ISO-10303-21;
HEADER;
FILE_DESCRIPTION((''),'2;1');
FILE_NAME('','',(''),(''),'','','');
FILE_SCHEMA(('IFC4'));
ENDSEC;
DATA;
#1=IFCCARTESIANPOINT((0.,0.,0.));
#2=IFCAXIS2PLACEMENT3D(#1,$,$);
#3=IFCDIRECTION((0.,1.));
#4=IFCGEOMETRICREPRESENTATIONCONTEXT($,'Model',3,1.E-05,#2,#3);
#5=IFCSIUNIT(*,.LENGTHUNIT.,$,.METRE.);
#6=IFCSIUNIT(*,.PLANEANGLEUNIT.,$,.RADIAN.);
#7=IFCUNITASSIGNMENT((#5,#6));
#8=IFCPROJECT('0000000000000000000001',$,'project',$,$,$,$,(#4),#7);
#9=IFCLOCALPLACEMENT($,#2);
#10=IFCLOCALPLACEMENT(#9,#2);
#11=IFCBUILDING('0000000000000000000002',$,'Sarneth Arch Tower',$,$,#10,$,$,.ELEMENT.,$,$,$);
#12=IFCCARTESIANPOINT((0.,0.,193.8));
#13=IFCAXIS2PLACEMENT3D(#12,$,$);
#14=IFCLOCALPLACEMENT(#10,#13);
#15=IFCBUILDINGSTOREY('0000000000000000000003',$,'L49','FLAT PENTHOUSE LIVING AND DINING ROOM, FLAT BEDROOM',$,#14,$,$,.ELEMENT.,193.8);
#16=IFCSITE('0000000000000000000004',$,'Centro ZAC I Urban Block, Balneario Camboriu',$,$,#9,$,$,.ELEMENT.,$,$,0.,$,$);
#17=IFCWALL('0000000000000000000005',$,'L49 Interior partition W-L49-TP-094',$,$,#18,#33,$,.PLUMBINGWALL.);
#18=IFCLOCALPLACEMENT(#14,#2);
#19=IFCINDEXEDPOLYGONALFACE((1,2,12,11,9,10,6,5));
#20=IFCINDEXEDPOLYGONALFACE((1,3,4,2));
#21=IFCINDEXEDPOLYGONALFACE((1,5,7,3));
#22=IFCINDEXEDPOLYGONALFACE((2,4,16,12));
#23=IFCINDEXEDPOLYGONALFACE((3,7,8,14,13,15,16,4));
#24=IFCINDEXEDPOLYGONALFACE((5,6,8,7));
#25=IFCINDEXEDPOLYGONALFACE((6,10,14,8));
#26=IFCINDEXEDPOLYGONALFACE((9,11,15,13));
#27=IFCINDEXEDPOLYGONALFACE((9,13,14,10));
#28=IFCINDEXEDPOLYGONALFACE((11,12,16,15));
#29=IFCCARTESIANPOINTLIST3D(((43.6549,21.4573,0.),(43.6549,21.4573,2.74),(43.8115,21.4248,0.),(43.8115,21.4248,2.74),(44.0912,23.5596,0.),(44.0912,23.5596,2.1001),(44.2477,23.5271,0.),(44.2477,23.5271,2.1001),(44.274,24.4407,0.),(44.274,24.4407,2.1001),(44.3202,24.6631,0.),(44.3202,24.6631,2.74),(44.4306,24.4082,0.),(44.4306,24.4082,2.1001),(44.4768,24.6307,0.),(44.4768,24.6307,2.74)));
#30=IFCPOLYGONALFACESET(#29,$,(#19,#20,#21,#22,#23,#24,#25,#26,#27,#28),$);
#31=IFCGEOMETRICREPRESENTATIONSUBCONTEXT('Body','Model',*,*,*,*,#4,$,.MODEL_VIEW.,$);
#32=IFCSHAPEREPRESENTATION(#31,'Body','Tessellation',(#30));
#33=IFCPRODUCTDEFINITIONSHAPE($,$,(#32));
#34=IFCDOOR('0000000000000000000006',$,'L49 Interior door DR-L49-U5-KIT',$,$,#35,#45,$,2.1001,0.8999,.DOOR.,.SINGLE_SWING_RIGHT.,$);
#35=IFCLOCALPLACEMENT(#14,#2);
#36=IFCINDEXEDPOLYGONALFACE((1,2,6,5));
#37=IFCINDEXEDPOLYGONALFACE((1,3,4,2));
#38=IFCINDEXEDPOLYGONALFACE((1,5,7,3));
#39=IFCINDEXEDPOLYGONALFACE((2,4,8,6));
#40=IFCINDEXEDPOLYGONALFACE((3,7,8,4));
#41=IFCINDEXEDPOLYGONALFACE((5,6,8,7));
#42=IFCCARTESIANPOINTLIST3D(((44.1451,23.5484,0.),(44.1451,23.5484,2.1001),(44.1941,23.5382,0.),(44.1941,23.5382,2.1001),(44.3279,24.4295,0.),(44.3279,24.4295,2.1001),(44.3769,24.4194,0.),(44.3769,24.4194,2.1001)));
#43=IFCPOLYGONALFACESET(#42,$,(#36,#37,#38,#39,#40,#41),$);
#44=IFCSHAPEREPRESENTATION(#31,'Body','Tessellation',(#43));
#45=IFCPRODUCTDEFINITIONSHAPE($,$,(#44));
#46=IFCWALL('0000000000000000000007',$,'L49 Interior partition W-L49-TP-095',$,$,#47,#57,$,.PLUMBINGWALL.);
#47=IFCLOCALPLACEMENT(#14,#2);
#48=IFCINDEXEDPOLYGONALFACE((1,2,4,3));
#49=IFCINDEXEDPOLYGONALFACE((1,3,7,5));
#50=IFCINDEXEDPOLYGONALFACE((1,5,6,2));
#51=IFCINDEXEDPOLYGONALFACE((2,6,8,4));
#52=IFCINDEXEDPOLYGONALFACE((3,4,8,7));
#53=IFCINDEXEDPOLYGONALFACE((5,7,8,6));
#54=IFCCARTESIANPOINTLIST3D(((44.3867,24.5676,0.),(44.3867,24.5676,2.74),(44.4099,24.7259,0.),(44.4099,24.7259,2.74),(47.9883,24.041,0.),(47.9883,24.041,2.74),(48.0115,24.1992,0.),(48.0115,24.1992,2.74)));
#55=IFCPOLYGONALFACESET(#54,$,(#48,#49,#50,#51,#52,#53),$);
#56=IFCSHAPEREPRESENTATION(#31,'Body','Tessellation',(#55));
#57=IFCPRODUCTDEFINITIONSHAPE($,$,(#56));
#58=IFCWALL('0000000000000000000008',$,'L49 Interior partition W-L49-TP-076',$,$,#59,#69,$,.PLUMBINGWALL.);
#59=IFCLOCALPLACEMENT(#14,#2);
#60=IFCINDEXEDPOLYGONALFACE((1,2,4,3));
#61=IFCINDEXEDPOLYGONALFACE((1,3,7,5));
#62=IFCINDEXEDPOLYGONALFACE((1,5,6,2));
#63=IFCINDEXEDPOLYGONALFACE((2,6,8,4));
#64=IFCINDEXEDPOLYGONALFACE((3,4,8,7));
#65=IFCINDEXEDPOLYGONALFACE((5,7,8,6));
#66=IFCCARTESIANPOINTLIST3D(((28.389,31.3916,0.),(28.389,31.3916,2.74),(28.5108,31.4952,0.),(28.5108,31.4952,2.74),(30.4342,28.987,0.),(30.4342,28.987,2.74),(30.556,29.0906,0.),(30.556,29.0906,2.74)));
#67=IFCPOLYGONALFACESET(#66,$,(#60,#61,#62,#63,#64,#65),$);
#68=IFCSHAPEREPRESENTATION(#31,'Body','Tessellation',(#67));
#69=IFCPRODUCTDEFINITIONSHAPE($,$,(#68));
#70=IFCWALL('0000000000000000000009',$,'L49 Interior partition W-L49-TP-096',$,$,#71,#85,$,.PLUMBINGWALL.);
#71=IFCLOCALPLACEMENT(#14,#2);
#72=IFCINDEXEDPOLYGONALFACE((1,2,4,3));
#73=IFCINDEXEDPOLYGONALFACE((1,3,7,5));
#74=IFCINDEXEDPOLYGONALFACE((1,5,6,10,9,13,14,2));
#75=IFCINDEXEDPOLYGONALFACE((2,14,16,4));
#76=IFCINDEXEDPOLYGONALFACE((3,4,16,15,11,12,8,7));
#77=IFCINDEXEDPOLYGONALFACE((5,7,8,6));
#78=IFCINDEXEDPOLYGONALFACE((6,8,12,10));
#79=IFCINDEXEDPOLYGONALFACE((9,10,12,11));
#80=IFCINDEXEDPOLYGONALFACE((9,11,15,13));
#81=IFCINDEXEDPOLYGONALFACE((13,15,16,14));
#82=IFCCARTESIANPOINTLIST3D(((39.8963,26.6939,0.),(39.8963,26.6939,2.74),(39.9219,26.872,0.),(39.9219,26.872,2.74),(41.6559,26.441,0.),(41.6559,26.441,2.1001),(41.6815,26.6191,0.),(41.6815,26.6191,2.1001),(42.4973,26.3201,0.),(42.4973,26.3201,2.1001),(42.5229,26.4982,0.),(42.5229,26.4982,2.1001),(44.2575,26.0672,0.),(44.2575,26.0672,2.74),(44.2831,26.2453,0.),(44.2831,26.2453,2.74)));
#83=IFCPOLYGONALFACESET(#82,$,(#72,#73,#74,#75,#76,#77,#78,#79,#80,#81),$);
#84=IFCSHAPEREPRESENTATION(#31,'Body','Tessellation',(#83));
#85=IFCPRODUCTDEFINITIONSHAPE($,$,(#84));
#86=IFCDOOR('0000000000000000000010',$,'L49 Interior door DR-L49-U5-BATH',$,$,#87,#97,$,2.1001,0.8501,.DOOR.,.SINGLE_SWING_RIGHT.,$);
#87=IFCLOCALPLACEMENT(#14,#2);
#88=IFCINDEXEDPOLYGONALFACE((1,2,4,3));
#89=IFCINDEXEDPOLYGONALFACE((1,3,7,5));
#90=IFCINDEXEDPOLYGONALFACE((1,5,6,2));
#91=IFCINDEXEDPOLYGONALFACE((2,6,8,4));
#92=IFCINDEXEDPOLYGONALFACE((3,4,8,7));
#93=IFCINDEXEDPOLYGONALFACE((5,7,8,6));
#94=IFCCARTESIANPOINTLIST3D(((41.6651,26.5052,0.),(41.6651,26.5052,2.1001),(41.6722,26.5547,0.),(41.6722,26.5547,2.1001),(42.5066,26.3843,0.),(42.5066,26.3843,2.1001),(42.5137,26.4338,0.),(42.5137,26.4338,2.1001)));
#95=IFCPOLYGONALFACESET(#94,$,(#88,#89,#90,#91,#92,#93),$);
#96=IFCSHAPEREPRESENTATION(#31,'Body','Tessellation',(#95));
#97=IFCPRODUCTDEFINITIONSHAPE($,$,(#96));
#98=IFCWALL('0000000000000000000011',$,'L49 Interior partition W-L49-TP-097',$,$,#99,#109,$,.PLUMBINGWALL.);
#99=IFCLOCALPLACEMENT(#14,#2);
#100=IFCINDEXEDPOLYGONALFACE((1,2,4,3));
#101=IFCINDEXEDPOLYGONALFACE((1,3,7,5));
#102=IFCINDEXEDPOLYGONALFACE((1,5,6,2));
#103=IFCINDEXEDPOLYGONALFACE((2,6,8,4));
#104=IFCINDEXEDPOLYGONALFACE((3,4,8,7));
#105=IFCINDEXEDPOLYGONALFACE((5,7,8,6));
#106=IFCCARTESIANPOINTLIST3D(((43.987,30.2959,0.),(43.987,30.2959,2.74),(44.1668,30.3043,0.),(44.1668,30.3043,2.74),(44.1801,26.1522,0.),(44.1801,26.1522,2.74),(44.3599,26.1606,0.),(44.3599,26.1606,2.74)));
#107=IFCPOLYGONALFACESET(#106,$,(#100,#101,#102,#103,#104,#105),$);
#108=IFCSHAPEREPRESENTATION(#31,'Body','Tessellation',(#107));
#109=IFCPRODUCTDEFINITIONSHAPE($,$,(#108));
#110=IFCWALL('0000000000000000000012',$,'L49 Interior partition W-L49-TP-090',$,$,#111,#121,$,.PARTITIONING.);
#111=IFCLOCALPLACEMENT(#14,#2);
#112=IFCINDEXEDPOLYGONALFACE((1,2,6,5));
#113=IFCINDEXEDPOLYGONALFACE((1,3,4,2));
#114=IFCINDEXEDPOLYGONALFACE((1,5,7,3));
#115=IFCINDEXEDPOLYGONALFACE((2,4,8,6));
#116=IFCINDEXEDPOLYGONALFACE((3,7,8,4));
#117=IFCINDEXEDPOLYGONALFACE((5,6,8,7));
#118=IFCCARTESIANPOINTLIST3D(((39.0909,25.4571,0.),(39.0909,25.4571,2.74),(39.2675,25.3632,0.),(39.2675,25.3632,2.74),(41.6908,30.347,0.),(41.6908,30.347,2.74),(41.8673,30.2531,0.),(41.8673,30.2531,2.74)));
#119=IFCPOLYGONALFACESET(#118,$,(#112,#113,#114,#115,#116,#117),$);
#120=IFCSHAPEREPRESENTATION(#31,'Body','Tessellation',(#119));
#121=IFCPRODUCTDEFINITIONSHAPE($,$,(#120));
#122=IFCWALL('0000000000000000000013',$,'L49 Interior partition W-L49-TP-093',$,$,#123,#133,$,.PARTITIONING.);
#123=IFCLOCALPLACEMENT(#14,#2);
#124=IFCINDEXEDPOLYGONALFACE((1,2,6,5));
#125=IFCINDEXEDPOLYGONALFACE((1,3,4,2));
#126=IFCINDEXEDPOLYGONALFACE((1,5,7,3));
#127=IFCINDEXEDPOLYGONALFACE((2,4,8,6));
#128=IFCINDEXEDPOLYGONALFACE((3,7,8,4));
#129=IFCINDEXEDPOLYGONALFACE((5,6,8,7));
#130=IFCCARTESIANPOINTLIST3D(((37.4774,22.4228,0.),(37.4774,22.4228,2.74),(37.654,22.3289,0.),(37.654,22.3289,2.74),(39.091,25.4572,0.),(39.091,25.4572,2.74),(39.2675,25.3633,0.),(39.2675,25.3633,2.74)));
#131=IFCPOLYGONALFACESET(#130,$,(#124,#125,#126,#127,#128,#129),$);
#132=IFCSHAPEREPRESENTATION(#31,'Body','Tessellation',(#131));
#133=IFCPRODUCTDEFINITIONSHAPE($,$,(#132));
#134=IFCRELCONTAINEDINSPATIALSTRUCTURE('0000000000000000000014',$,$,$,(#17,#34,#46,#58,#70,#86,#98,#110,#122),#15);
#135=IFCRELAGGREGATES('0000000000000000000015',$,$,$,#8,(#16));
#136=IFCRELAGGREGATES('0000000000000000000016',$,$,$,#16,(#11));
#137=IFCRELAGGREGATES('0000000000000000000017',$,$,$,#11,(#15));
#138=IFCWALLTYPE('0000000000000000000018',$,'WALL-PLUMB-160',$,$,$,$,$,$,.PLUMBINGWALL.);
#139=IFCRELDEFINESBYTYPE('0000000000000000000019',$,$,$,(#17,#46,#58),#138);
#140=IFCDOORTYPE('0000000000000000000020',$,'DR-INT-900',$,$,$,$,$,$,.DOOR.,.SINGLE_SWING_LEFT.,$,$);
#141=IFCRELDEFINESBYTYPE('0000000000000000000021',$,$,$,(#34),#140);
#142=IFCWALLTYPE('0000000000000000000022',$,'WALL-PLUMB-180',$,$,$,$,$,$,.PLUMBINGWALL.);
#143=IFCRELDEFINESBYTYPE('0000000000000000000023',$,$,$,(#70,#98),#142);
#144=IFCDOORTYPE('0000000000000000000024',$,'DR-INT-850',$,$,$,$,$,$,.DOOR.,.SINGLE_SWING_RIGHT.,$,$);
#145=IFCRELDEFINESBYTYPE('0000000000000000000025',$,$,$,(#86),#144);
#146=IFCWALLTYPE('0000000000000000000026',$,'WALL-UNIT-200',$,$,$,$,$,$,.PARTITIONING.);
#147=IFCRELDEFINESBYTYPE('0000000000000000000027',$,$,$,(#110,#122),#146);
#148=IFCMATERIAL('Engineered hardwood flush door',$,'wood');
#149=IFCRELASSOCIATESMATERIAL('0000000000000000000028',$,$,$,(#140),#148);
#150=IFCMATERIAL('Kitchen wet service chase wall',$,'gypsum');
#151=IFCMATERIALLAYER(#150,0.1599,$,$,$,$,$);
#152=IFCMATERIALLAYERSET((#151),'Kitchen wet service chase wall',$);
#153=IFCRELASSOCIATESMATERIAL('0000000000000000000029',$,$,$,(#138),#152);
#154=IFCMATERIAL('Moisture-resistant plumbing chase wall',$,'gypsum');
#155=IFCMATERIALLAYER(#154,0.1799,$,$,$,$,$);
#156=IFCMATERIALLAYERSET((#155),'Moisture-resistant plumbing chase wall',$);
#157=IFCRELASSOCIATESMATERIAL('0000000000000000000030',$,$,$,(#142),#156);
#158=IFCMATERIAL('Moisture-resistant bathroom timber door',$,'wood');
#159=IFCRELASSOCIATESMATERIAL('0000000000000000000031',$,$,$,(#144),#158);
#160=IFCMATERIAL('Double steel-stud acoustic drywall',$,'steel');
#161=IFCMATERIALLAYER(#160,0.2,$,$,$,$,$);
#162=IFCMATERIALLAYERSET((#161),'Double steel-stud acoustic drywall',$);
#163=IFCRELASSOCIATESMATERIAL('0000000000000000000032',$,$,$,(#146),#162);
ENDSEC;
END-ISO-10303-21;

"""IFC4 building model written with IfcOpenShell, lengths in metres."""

from ifc_helpers import new_model, si_unit, direction, frame, frame_2d, origin, place, context, subcontext, project, spatial, rectangle, extrude, material, layer, layer_set, type_object, element, fill, save


model = new_model("IFC4")

# Units and contexts
model_context = context("Model", 3, precision=1e-05, world=origin(), true_north=direction((0.0, 1.0)))
body_context = subcontext(model_context, "Body", "Model", "MODEL_VIEW")
ifc_project = project(units=[si_unit("LENGTHUNIT", "METRE"), si_unit("PLANEANGLEUNIT", "RADIAN")], contexts=[model_context])

# Site, building, storey
site_placement = place(None, origin())
site = spatial("IfcSite", under=ifc_project, at=site_placement, Name="Centro ZAC I Urban Block, Balneario Camboriu", CompositionType="ELEMENT", RefElevation=0.0)
building_placement = place(site_placement, origin())
building = spatial("IfcBuilding", under=site, at=building_placement, Name="Sarneth Arch Tower", CompositionType="ELEMENT")
storey_placement = place(building_placement, frame((0.0, 0.0, 193.8)))
storey = spatial("IfcBuildingStorey", under=building, at=storey_placement, Name="L49", Description="FLAT PENTHOUSE LIVING AND DINING ROOM, FLAT BEDROOM", CompositionType="ELEMENT", Elevation=193.8)

# Shared definitions
ifc_material_1 = material(Name="Engineered hardwood flush door", Category="wood")
door_type_1 = type_object("IfcDoorType", Name="DR-INT-900", OperationType="SINGLE_SWING_LEFT", PredefinedType="DOOR", material=ifc_material_1)

# Wall, opening, door
ifc_material_2 = material(Name="Kitchen wet service chase wall", Category="gypsum")
ifc_layer_1 = layer(ifc_material_2, 0.1599)
ifc_layer_set_1 = layer_set([ifc_layer_1], Name="Kitchen wet service chase wall")
wall_type_1 = type_object("IfcWallType", Name="WALL-PLUMB-160", PredefinedType="PLUMBINGWALL", material=ifc_layer_set_1)
wall_1_placement = place(storey_placement, frame((43.7332, 21.4409, 0.0), z_axis=(0.0, 0.0, 1.0), x_axis=(0.203195, 0.979138, 0.0)))
wall_1 = element("IfcWall", 1, at=wall_1_placement, inside=storey, type_object=wall_type_1, Name="L49 Interior partition W-L49-TP-094", PredefinedType="PLUMBINGWALL", context=body_context, shape_type="SweptSolid", body=[
    extrude(rectangle(XDim=3.2742, YDim=0.1599, at=frame_2d((1.6372, 0.0))), origin(), (0.0, 0.0, 1.0), 2.74),
])
opening_1_placement = place(wall_1_placement, frame((2.1472, 0.0, 0.0)))
opening_1 = element("IfcOpeningElement", 2, at=opening_1_placement, cuts=wall_1, PredefinedType="OPENING", context=body_context, shape_type="SweptSolid", body=[
    extrude(rectangle(XDim=0.8999, YDim=2.1001, at=frame_2d((0.45, 1.05))), frame((0.0, 0.0898, 0.0), z_axis=(0.0, -1.0, 0.0), x_axis=(1.0, 0.0, 0.0)), (0.0, 0.0, 1.0), 0.1799),
])
door_1_placement = place(opening_1_placement, origin())
door_1 = element("IfcDoor", 3, at=door_1_placement, inside=storey, type_object=door_type_1, Name="L49 Interior door DR-L49-U5-KIT", OperationType="SINGLE_SWING_RIGHT", OverallHeight=2.1001, OverallWidth=0.8999, PredefinedType="DOOR", context=body_context, shape_type="SweptSolid", body=[
    extrude(rectangle(XDim=0.8999, YDim=2.1001, at=frame_2d((0.45, 1.05))), frame((0.0, 0.0249, 0.0), z_axis=(0.0, -1.0, 0.0), x_axis=(1.0, 0.0, 0.0)), (0.0, 0.0, 1.0), 0.05),
])
fill(opening_1, door_1)

# Walls
wall_2_placement = place(storey_placement, frame((44.3984, 24.6467, 0.0), z_axis=(0.0, 0.0, 1.0), x_axis=(0.989479, -0.144679, 0.0)))
element("IfcWall", 4, at=wall_2_placement, inside=storey, type_object=wall_type_1, Name="L49 Interior partition W-L49-TP-095", PredefinedType="PLUMBINGWALL", context=body_context, shape_type="SweptSolid", body=[
    extrude(rectangle(XDim=3.6399, YDim=0.1599, at=frame_2d((1.8198, 0.0))), origin(), (0.0, 0.0, 1.0), 2.74),
])
wall_3_placement = place(storey_placement, frame((30.4951, 29.0388, 0.0), z_axis=(0.0, 0.0, 1.0), x_axis=(-0.647889, 0.761735, 0.0)))
element("IfcWall", 5, at=wall_3_placement, inside=storey, type_object=wall_type_1, Name="L49 Interior partition W-L49-TP-076", PredefinedType="PLUMBINGWALL", context=body_context, shape_type="SweptSolid", body=[
    extrude(rectangle(XDim=3.1567, YDim=0.1599, at=frame_2d((1.5784, 0.0))), origin(), (0.0, 0.0, 1.0), 2.74),
])

# Wall, opening, door
ifc_material_3 = material(Name="Moisture-resistant plumbing chase wall", Category="gypsum")
ifc_layer_2 = layer(ifc_material_3, 0.1799)
ifc_layer_set_2 = layer_set([ifc_layer_2], Name="Moisture-resistant plumbing chase wall")
wall_type_2 = type_object("IfcWallType", Name="WALL-PLUMB-180", PredefinedType="PLUMBINGWALL", material=ifc_layer_set_2)
wall_4_placement = place(storey_placement, frame((39.9089, 26.783, 0.0), z_axis=(0.0, 0.0, 1.0), x_axis=(0.989832, -0.142244, 0.0)))
wall_4 = element("IfcWall", 6, at=wall_4_placement, inside=storey, type_object=wall_type_2, Name="L49 Interior partition W-L49-TP-096", PredefinedType="PLUMBINGWALL", context=body_context, shape_type="SweptSolid", body=[
    extrude(rectangle(XDim=4.406, YDim=0.1799, at=frame_2d((2.2031, 0.0))), origin(), (0.0, 0.0, 1.0), 2.74),
])
opening_2_placement = place(wall_4_placement, frame((1.7778, 0.0, 0.0)))
opening_2 = element("IfcOpeningElement", 7, at=opening_2_placement, cuts=wall_4, PredefinedType="OPENING", context=body_context, shape_type="SweptSolid", body=[
    extrude(rectangle(XDim=0.8501, YDim=2.1001, at=frame_2d((0.425, 1.05))), frame((0.0, 0.0999, 0.0), z_axis=(0.0, -1.0, 0.0), x_axis=(1.0, 0.0, 0.0)), (0.0, 0.0, 1.0), 0.2),
])
ifc_material_4 = material(Name="Moisture-resistant bathroom timber door", Category="wood")
door_type_2 = type_object("IfcDoorType", Name="DR-INT-850", OperationType="SINGLE_SWING_RIGHT", PredefinedType="DOOR", material=ifc_material_4)
door_2_placement = place(opening_2_placement, origin())
door_2 = element("IfcDoor", 8, at=door_2_placement, inside=storey, type_object=door_type_2, Name="L49 Interior door DR-L49-U5-BATH", OperationType="SINGLE_SWING_RIGHT", OverallHeight=2.1001, OverallWidth=0.8501, PredefinedType="DOOR", context=body_context, shape_type="SweptSolid", body=[
    extrude(rectangle(XDim=0.8501, YDim=2.1001, at=frame_2d((0.425, 1.05))), frame((0.0, 0.0249, 0.0), z_axis=(0.0, -1.0, 0.0), x_axis=(1.0, 0.0, 0.0)), (0.0, 0.0, 1.0), 0.05),
])
fill(opening_2, door_2)

# Walls
wall_5_placement = place(storey_placement, frame((44.27, 26.1562, 0.0), z_axis=(0.0, 0.0, 1.0), x_axis=(-0.046553, 0.998916, 0.0)))
element("IfcWall", 9, at=wall_5_placement, inside=storey, type_object=wall_type_2, Name="L49 Interior partition W-L49-TP-097", PredefinedType="PLUMBINGWALL", context=body_context, shape_type="SweptSolid", body=[
    extrude(rectangle(XDim=4.1482, YDim=0.1799, at=frame_2d((2.0742, 0.0))), origin(), (0.0, 0.0, 1.0), 2.74),
])
ifc_material_5 = material(Name="Double steel-stud acoustic drywall", Category="steel")
ifc_layer_3 = layer(ifc_material_5, 0.2)
ifc_layer_set_3 = layer_set([ifc_layer_3], Name="Double steel-stud acoustic drywall")
wall_type_3 = type_object("IfcWallType", Name="WALL-UNIT-200", PredefinedType="PARTITIONING", material=ifc_layer_set_3)
wall_6_placement = place(storey_placement, frame((39.1792, 25.4102, 0.0), z_axis=(0.0, 0.0, 1.0), x_axis=(0.469451, 0.882959, 0.0)))
element("IfcWall", 10, at=wall_6_placement, inside=storey, type_object=wall_type_3, Name="L49 Interior partition W-L49-TP-090", PredefinedType="PARTITIONING", context=body_context, shape_type="SweptSolid", body=[
    extrude(rectangle(XDim=5.5381, YDim=0.2, at=frame_2d((2.769, 0.0))), origin(), (0.0, 0.0, 1.0), 2.74),
])
wall_7_placement = place(storey_placement, frame((39.1792, 25.4102, 0.0), z_axis=(0.0, 0.0, 1.0), x_axis=(-0.469493, -0.882936, 0.0)))
element("IfcWall", 11, at=wall_7_placement, inside=storey, type_object=wall_type_3, Name="L49 Interior partition W-L49-TP-093", PredefinedType="PARTITIONING", context=body_context, shape_type="SweptSolid", body=[
    extrude(rectangle(XDim=3.4368, YDim=0.2, at=frame_2d((1.7183, 0.0))), origin(), (0.0, 0.0, 1.0), 2.74),
])

save(model, "model.ifc")
